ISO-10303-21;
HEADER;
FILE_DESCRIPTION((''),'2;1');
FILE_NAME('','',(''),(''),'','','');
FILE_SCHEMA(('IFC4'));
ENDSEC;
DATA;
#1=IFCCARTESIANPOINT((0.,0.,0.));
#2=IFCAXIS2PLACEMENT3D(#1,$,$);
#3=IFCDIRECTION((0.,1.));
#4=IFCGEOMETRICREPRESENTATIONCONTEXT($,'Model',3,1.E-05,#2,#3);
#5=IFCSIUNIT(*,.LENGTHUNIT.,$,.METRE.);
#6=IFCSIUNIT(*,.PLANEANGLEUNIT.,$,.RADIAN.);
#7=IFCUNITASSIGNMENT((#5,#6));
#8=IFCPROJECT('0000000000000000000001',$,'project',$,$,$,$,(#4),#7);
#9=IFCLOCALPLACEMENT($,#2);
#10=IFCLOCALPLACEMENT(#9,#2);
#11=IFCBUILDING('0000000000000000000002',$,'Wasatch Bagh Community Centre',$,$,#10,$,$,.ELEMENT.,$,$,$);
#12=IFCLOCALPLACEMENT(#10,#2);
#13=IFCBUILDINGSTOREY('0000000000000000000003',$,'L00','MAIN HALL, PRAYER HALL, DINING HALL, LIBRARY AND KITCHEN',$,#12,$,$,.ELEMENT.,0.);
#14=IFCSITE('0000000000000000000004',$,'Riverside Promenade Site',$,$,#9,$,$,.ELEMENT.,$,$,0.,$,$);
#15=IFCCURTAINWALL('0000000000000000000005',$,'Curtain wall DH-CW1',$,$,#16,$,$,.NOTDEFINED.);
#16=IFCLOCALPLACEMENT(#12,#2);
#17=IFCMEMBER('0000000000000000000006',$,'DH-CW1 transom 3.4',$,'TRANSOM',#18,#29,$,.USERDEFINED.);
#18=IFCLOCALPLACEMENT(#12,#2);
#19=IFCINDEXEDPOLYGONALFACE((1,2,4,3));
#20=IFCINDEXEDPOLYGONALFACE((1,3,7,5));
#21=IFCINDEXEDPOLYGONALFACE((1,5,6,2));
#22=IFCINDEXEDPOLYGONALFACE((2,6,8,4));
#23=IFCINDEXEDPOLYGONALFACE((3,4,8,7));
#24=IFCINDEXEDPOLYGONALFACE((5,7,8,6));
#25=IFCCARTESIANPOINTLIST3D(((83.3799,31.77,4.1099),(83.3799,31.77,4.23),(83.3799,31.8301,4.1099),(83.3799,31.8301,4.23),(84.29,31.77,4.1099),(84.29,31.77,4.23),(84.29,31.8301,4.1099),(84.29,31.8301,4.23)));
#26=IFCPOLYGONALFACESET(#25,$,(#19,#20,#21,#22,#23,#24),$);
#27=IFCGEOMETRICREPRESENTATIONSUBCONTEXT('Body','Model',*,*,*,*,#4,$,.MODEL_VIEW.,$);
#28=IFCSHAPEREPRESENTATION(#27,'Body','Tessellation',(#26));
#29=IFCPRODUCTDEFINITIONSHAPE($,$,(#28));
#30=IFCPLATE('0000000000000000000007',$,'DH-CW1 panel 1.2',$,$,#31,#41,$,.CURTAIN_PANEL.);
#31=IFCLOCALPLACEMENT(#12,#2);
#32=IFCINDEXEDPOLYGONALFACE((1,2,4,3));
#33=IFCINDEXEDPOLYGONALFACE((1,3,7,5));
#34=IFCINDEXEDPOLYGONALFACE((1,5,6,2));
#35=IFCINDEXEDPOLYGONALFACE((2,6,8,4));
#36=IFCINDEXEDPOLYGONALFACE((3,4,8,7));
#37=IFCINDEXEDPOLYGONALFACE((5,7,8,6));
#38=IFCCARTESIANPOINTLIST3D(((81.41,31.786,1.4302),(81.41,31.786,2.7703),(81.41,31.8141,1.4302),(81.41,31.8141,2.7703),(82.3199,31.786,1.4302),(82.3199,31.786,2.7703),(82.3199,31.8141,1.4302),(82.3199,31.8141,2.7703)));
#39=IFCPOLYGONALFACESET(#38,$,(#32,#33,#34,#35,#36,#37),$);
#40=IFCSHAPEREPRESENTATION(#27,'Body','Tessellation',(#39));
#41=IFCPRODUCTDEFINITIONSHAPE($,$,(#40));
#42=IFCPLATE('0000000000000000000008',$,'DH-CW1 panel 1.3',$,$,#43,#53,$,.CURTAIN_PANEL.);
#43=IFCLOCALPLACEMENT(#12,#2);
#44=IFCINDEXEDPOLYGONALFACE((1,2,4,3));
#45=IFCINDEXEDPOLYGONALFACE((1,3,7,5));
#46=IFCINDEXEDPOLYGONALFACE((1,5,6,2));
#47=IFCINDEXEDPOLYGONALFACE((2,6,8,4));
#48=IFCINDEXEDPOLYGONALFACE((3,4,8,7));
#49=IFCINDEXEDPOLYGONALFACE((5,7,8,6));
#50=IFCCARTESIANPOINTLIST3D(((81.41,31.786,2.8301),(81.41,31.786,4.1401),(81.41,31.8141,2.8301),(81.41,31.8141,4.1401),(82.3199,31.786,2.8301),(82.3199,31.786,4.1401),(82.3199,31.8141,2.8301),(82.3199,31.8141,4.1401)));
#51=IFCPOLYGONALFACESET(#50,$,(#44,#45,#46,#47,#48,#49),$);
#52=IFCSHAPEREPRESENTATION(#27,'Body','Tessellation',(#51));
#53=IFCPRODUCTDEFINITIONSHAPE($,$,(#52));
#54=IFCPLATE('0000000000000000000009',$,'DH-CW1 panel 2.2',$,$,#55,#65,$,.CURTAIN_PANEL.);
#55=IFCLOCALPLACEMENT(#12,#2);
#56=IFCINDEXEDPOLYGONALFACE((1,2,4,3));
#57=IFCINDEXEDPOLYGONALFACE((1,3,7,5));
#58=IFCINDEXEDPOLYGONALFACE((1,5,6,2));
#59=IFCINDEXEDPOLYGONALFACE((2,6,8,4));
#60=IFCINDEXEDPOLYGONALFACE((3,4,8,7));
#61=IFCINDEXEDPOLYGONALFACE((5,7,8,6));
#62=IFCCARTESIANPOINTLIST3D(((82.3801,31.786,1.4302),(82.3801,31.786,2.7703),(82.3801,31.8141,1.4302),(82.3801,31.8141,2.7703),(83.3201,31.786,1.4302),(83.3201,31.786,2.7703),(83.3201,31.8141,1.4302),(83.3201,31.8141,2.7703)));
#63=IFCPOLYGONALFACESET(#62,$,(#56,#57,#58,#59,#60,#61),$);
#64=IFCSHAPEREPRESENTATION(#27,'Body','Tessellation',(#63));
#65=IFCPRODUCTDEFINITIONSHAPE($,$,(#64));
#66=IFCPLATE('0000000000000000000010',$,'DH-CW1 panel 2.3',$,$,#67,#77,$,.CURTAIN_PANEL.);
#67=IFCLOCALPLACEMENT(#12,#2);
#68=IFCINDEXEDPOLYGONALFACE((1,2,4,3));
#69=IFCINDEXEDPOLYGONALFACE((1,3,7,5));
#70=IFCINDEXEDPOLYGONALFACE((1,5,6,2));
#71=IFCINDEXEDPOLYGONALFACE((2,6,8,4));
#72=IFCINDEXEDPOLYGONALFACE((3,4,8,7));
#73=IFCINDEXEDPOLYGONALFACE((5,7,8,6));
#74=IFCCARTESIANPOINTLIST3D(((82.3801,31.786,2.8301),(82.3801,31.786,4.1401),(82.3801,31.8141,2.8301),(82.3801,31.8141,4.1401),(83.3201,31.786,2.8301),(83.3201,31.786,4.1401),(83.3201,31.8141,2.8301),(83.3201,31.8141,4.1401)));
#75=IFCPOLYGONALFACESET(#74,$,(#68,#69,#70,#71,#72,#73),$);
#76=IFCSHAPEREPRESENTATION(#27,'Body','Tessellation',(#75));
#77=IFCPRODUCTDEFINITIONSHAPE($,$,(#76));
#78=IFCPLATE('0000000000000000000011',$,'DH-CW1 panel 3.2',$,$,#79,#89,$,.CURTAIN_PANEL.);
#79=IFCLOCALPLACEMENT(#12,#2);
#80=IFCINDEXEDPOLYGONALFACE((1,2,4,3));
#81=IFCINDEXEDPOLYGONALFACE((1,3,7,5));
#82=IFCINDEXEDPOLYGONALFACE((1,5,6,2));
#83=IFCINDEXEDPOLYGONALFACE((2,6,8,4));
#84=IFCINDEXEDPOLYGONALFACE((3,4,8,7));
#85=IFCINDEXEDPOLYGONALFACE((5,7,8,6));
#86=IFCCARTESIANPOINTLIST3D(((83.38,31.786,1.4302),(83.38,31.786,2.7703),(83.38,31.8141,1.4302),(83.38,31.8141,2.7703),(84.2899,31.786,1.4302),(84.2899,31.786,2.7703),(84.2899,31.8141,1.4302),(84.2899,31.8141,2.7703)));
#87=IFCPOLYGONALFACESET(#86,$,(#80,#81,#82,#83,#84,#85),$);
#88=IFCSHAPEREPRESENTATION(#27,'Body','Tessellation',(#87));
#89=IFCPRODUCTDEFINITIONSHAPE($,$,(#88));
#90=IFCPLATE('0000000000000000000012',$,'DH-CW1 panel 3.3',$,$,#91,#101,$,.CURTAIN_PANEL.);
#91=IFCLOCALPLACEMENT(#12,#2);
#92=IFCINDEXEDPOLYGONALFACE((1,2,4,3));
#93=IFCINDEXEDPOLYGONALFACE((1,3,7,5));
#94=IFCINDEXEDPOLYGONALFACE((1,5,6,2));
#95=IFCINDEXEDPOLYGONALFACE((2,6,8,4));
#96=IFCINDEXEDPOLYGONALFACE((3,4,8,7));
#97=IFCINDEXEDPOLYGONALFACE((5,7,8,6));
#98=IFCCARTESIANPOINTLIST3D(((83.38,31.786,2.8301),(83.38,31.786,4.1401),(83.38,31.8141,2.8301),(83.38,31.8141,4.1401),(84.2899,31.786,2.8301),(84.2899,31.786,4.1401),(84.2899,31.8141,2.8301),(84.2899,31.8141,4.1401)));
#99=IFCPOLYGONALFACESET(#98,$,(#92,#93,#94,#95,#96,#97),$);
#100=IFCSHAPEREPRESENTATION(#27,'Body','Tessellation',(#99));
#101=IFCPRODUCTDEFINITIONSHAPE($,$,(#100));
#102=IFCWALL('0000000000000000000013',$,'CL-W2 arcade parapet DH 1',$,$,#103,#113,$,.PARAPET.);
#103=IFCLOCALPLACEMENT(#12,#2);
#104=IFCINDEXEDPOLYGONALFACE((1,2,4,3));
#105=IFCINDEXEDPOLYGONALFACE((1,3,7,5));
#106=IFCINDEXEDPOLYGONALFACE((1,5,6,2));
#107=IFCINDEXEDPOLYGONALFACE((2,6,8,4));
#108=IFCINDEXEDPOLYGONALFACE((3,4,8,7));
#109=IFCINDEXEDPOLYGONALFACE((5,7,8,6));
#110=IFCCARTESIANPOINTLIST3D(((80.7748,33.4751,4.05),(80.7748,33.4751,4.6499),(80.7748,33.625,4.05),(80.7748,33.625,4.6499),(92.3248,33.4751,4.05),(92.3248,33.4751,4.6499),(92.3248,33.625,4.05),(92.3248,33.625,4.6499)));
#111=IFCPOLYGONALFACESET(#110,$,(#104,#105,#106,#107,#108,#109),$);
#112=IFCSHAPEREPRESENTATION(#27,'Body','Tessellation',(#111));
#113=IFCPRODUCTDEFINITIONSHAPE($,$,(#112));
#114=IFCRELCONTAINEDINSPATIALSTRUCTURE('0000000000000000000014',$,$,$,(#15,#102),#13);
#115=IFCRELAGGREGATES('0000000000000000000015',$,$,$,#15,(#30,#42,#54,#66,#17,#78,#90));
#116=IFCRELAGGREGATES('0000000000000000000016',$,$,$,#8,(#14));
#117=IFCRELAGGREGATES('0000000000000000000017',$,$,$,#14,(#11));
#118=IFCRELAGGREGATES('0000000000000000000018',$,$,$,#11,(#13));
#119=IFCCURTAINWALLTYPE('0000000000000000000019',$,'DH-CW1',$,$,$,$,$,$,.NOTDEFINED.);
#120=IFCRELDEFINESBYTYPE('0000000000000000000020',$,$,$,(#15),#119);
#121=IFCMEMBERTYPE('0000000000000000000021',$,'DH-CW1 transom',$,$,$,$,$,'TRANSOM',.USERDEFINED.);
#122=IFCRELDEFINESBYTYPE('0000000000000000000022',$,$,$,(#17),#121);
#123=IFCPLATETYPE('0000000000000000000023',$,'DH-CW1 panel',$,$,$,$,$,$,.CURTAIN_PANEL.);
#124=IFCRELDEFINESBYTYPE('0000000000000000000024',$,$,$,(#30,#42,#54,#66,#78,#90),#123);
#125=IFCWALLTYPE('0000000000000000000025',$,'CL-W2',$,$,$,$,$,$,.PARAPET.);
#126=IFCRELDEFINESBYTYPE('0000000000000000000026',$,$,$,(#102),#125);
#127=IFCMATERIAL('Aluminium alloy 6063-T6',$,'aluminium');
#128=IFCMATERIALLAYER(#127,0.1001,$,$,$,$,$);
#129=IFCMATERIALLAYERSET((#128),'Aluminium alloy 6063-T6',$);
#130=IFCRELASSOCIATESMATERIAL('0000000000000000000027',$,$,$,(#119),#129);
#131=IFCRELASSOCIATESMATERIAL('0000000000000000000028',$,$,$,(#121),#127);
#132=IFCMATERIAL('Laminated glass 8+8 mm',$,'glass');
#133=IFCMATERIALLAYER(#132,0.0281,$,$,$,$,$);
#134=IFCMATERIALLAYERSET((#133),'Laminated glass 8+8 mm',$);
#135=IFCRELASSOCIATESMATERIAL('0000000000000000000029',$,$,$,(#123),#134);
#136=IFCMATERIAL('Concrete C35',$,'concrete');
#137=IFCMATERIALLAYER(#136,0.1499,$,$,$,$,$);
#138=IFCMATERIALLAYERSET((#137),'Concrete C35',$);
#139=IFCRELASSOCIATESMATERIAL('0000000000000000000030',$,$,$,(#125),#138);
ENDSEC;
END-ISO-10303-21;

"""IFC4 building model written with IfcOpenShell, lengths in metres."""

from ifc_helpers import new_model, si_unit, direction, frame, frame_2d, origin, origin_2d, place, context, subcontext, project, spatial, rectangle, extrude, material, layer, layer_set, material_profile, profile_set, type_object, element, aggregate, save


model = new_model("IFC4")

# Units and contexts
model_context = context("Model", 3, precision=1e-05, world=origin(), true_north=direction((0.0, 1.0)))
body_context = subcontext(model_context, "Body", "Model", "MODEL_VIEW")
ifc_project = project(units=[si_unit("LENGTHUNIT", "METRE"), si_unit("PLANEANGLEUNIT", "RADIAN")], contexts=[model_context])

# Site, building, storey
site_placement = place(None, origin())
site = spatial("IfcSite", under=ifc_project, at=site_placement, Name="Riverside Promenade Site", CompositionType="ELEMENT", RefElevation=0.0)
building_placement = place(site_placement, origin())
building = spatial("IfcBuilding", under=site, at=building_placement, Name="Wasatch Bagh Community Centre", CompositionType="ELEMENT")
storey_placement = place(building_placement, origin())
storey = spatial("IfcBuildingStorey", under=building, at=storey_placement, Name="L00", Description="MAIN HALL, PRAYER HALL, DINING HALL, LIBRARY AND KITCHEN", CompositionType="ELEMENT", Elevation=0.0)

# Shared definitions
ifc_material_1 = material(Name="Concrete C35", Category="concrete")

# Curtain wall, member, plates
ifc_material_2 = material(Name="Aluminium alloy 6063-T6", Category="aluminium")
ifc_layer_1 = layer(ifc_material_2, 0.1001)
ifc_layer_set_1 = layer_set([ifc_layer_1], Name="Aluminium alloy 6063-T6")
curtain_wall_type = type_object("IfcCurtainWallType", Name="DH-CW1", PredefinedType="NOTDEFINED", material=ifc_layer_set_1)
curtain_wall_placement = place(storey_placement, origin())
curtain_wall = element("IfcCurtainWall", 1, at=curtain_wall_placement, inside=storey, type_object=curtain_wall_type, Name="Curtain wall DH-CW1", PredefinedType="NOTDEFINED")
ifc_material_profile_1 = material_profile(ifc_material_2, rectangle(XDim=0.0601, YDim=0.1201, at=origin_2d()), Name="AL 60x120")
ifc_profile_set_1 = profile_set([ifc_material_profile_1], Name="Aluminium alloy 6063-T6")
member_type_1 = type_object("IfcMemberType", Name="DH-CW1 transom", ElementType="TRANSOM", PredefinedType="USERDEFINED", material=ifc_profile_set_1)
member_1_placement = place(storey_placement, frame((83.3799, 31.8, 4.1699), z_axis=(1.0, 0.0, 0.0), x_axis=(0.0, 1.0, 0.0)))
member_1 = element("IfcMember", 2, at=member_1_placement, type_object=member_type_1, Name="DH-CW1 transom 3.4", ObjectType="TRANSOM", PredefinedType="USERDEFINED", context=body_context, shape_type="SweptSolid", body=[
    extrude(rectangle(XDim=0.0601, YDim=0.1201, at=origin_2d()), origin(), (0.0, 0.0, 1.0), 0.9102),
])
ifc_material_3 = material(Name="Laminated glass 8+8 mm", Category="glass")
ifc_layer_2 = layer(ifc_material_3, 0.0281)
ifc_layer_set_2 = layer_set([ifc_layer_2], Name="Laminated glass 8+8 mm")
plate_type = type_object("IfcPlateType", Name="DH-CW1 panel", PredefinedType="CURTAIN_PANEL", material=ifc_layer_set_2)
plate_1_placement = place(storey_placement, frame((81.865, 31.8, 1.4302), z_axis=(0.0, 0.0, 1.0), x_axis=(1.0, 0.0, 0.0)))
plate_1 = element("IfcPlate", 3, at=plate_1_placement, type_object=plate_type, Name="DH-CW1 panel 1.2", PredefinedType="CURTAIN_PANEL", context=body_context, shape_type="SweptSolid", body=[
    extrude(rectangle(XDim=0.9099, YDim=0.0281, at=origin_2d()), origin(), (0.0, 0.0, 1.0), 1.3401),
])
plate_2_placement = place(storey_placement, frame((81.865, 31.8, 2.8301), z_axis=(0.0, 0.0, 1.0), x_axis=(1.0, 0.0, 0.0)))
plate_2 = element("IfcPlate", 4, at=plate_2_placement, type_object=plate_type, Name="DH-CW1 panel 1.3", PredefinedType="CURTAIN_PANEL", context=body_context, shape_type="SweptSolid", body=[
    extrude(rectangle(XDim=0.9099, YDim=0.0281, at=origin_2d()), origin(), (0.0, 0.0, 1.0), 1.3101),
])
plate_3_placement = place(storey_placement, frame((82.8501, 31.8, 1.4302), z_axis=(0.0, 0.0, 1.0), x_axis=(1.0, 0.0, 0.0)))
plate_3 = element("IfcPlate", 5, at=plate_3_placement, type_object=plate_type, Name="DH-CW1 panel 2.2", PredefinedType="CURTAIN_PANEL", context=body_context, shape_type="SweptSolid", body=[
    extrude(rectangle(XDim=0.9399, YDim=0.0281, at=origin_2d()), origin(), (0.0, 0.0, 1.0), 1.3401),
])
plate_4_placement = place(storey_placement, frame((82.8501, 31.8, 2.8301), z_axis=(0.0, 0.0, 1.0), x_axis=(1.0, 0.0, 0.0)))
plate_4 = element("IfcPlate", 6, at=plate_4_placement, type_object=plate_type, Name="DH-CW1 panel 2.3", PredefinedType="CURTAIN_PANEL", context=body_context, shape_type="SweptSolid", body=[
    extrude(rectangle(XDim=0.9399, YDim=0.0281, at=origin_2d()), origin(), (0.0, 0.0, 1.0), 1.3101),
])
plate_5_placement = place(storey_placement, frame((83.835, 31.8, 1.4302), z_axis=(0.0, 0.0, 1.0), x_axis=(1.0, 0.0, 0.0)))
plate_5 = element("IfcPlate", 7, at=plate_5_placement, type_object=plate_type, Name="DH-CW1 panel 3.2", PredefinedType="CURTAIN_PANEL", context=body_context, shape_type="SweptSolid", body=[
    extrude(rectangle(XDim=0.9099, YDim=0.0281, at=origin_2d()), origin(), (0.0, 0.0, 1.0), 1.3401),
])
plate_6_placement = place(storey_placement, frame((83.835, 31.8, 2.8301), z_axis=(0.0, 0.0, 1.0), x_axis=(1.0, 0.0, 0.0)))
plate_6 = element("IfcPlate", 8, at=plate_6_placement, type_object=plate_type, Name="DH-CW1 panel 3.3", PredefinedType="CURTAIN_PANEL", context=body_context, shape_type="SweptSolid", body=[
    extrude(rectangle(XDim=0.9099, YDim=0.0281, at=origin_2d()), origin(), (0.0, 0.0, 1.0), 1.3101),
])
aggregate(curtain_wall, [plate_1, plate_2, plate_3, plate_4, member_1, plate_5, plate_6])

# Wall
ifc_layer_3 = layer(ifc_material_1, 0.1499)
ifc_layer_set_3 = layer_set([ifc_layer_3], Name="Concrete C35")
wall_type = type_object("IfcWallType", Name="CL-W2", PredefinedType="PARAPET", material=ifc_layer_set_3)
wall_placement = place(storey_placement, frame((80.7749, 33.55, 4.05), z_axis=(0.0, 0.0, 1.0), x_axis=(1.0, 0.0, 0.0)))
element("IfcWall", 9, at=wall_placement, inside=storey, type_object=wall_type, Name="CL-W2 arcade parapet DH 1", PredefinedType="PARAPET", context=body_context, shape_type="SweptSolid", body=[
    extrude(rectangle(XDim=11.55, YDim=0.1499, at=frame_2d((5.7749, 0.0))), origin(), (0.0, 0.0, 1.0), 0.5999),
])

save(model, "model.ifc")
